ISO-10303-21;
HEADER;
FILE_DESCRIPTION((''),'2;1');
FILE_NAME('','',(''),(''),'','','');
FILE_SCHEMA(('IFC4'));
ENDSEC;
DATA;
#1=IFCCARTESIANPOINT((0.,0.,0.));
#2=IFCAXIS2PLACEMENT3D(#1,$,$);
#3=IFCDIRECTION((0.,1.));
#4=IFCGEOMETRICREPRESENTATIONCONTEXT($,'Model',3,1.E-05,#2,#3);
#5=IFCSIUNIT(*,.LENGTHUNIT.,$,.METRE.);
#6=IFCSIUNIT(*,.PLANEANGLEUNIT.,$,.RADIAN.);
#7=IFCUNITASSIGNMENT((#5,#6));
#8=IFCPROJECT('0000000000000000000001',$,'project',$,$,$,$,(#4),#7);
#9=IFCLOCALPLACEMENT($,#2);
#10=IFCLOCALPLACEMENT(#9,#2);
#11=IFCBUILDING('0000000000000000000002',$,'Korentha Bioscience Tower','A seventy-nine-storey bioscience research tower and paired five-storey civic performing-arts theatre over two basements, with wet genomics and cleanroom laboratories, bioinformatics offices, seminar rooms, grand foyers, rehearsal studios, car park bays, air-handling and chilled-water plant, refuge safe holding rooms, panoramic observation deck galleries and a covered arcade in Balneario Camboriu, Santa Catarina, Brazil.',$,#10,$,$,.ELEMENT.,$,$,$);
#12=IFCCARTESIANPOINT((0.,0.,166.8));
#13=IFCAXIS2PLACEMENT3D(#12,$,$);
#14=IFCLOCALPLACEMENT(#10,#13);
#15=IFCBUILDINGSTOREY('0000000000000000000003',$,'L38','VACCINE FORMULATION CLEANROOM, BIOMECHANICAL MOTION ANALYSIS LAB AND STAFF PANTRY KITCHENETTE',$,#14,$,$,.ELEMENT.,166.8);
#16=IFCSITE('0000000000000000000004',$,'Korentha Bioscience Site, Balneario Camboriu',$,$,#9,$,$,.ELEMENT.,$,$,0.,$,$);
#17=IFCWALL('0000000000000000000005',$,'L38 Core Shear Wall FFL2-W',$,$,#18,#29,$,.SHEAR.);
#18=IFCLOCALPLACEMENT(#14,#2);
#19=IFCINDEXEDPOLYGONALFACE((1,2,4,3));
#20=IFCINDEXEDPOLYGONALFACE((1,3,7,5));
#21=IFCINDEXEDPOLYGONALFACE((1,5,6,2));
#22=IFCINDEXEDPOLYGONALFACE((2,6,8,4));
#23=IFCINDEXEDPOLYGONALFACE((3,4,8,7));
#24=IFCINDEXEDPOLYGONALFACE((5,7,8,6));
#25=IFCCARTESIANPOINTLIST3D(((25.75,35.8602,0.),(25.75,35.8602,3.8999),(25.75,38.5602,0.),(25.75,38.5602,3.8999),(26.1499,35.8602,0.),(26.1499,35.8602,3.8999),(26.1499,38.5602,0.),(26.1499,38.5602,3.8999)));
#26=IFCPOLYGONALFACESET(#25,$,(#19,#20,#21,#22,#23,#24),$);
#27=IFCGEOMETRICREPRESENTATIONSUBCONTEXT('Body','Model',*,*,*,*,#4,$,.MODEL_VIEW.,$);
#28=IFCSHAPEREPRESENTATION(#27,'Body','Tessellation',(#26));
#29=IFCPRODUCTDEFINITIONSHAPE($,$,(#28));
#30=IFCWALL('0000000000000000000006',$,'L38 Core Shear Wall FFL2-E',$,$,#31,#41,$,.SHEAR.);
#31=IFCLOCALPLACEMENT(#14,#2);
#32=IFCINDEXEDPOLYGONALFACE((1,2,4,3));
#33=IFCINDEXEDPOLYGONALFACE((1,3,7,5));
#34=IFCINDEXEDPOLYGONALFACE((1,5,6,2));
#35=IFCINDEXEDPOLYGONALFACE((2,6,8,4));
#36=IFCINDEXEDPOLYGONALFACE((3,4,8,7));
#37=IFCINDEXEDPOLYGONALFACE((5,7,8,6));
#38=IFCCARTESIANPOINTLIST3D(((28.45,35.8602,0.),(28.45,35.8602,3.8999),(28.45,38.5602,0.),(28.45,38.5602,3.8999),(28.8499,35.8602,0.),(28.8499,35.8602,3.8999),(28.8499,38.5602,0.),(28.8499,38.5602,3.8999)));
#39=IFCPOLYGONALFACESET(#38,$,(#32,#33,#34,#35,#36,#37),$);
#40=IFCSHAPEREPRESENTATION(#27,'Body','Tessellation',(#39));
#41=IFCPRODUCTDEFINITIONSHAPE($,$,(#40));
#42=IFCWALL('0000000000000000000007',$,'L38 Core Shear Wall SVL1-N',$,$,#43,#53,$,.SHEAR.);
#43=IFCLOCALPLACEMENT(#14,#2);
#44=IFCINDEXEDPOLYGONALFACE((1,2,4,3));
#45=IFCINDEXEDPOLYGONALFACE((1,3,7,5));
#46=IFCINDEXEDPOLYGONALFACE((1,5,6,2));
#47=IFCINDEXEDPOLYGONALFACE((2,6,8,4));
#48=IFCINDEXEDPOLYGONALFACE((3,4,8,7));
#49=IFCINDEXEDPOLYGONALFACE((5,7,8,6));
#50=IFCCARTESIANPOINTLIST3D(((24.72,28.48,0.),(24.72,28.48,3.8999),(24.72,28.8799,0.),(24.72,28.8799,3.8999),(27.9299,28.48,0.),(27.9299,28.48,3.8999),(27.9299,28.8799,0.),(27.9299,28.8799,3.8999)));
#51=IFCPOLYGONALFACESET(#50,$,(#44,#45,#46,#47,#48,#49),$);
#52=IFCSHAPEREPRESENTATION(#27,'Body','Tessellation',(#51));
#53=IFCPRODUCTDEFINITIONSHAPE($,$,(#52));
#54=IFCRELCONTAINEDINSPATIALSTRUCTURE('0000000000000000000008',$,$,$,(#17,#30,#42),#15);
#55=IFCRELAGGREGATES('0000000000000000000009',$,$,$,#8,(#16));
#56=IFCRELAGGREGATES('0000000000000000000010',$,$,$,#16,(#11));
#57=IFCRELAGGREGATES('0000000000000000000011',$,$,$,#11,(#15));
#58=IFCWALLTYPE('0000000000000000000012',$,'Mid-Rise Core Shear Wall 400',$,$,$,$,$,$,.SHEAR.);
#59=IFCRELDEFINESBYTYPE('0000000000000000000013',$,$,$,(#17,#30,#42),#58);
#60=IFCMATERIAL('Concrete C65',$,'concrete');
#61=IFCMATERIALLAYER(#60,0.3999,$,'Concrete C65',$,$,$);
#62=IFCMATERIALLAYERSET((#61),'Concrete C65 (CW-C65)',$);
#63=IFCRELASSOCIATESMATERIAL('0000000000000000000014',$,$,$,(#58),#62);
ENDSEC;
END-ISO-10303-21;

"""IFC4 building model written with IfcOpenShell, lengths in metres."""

from ifc_helpers import new_model, si_unit, direction, frame, frame_2d, origin, place, context, subcontext, project, spatial, rectangle, extrude, material, layer, layer_set, type_object, element, save


model = new_model("IFC4")

# Units and contexts
model_context = context("Model", 3, precision=1e-05, world=origin(), true_north=direction((0.0, 1.0)))
body_context = subcontext(model_context, "Body", "Model", "MODEL_VIEW")
ifc_project = project(units=[si_unit("LENGTHUNIT", "METRE"), si_unit("PLANEANGLEUNIT", "RADIAN")], contexts=[model_context])

# Site, building, storey
site_placement = place(None, origin())
site = spatial("IfcSite", under=ifc_project, at=site_placement, Name="Korentha Bioscience Site, Balneario Camboriu", CompositionType="ELEMENT", RefElevation=0.0)
building_placement = place(site_placement, origin())
building = spatial("IfcBuilding", under=site, at=building_placement, Name="Korentha Bioscience Tower", Description="A seventy-nine-storey bioscience research tower and paired five-storey civic performing-arts theatre over two basements, with wet genomics and cleanroom laboratories, bioinformatics offices, seminar rooms, grand foyers, rehearsal studios, car park bays, air-handling and chilled-water plant, refuge safe holding rooms, panoramic observation deck galleries and a covered arcade in Balneario Camboriu, Santa Catarina, Brazil.", CompositionType="ELEMENT")
storey_placement = place(building_placement, frame((0.0, 0.0, 166.8)))
storey = spatial("IfcBuildingStorey", under=building, at=storey_placement, Name="L38", Description="VACCINE FORMULATION CLEANROOM, BIOMECHANICAL MOTION ANALYSIS LAB AND STAFF PANTRY KITCHENETTE", CompositionType="ELEMENT", Elevation=166.8)

# Shared definitions
ifc_material_1 = material(Name="Concrete C65", Category="concrete")

# Shared definitions
ifc_layer_1 = layer(ifc_material_1, 0.3999, Name="Concrete C65")
ifc_layer_set_1 = layer_set([ifc_layer_1], Name="Concrete C65 (CW-C65)")
wall_type_1 = type_object("IfcWallType", Name="Mid-Rise Core Shear Wall 400", PredefinedType="SHEAR", material=ifc_layer_set_1)

# Walls
for number, where, z_axis, x_axis, name in (
    (1, (25.95, 35.8601, 0.0), (0.0, 0.0, 1.0), (0.0, 1.0, 0.0), "L38 Core Shear Wall FFL2-W"),
    (2, (28.6499, 35.8601, 0.0), (0.0, 0.0, 1.0), (0.0, 1.0, 0.0), "L38 Core Shear Wall FFL2-E"),
):
    element("IfcWall", number, at=place(storey_placement, frame(where, z_axis=z_axis, x_axis=x_axis)), inside=storey, type_object=wall_type_1, Name=name, PredefinedType="SHEAR", context=body_context, shape_type="SweptSolid", body=[
        extrude(rectangle(XDim=2.7, YDim=0.3999, at=frame_2d((1.3501, 0.0))), origin(), (0.0, 0.0, 1.0), 3.8999),
    ])
wall_1_placement = place(storey_placement, frame((24.72, 28.6799, 0.0), z_axis=(0.0, 0.0, 1.0), x_axis=(1.0, 0.0, 0.0)))
element("IfcWall", 3, at=wall_1_placement, inside=storey, type_object=wall_type_1, Name="L38 Core Shear Wall SVL1-N", PredefinedType="SHEAR", context=body_context, shape_type="SweptSolid", body=[
    extrude(rectangle(XDim=3.21, YDim=0.3999, at=frame_2d((1.605, 0.0))), origin(), (0.0, 0.0, 1.0), 3.8999),
])

save(model, "model.ifc")
